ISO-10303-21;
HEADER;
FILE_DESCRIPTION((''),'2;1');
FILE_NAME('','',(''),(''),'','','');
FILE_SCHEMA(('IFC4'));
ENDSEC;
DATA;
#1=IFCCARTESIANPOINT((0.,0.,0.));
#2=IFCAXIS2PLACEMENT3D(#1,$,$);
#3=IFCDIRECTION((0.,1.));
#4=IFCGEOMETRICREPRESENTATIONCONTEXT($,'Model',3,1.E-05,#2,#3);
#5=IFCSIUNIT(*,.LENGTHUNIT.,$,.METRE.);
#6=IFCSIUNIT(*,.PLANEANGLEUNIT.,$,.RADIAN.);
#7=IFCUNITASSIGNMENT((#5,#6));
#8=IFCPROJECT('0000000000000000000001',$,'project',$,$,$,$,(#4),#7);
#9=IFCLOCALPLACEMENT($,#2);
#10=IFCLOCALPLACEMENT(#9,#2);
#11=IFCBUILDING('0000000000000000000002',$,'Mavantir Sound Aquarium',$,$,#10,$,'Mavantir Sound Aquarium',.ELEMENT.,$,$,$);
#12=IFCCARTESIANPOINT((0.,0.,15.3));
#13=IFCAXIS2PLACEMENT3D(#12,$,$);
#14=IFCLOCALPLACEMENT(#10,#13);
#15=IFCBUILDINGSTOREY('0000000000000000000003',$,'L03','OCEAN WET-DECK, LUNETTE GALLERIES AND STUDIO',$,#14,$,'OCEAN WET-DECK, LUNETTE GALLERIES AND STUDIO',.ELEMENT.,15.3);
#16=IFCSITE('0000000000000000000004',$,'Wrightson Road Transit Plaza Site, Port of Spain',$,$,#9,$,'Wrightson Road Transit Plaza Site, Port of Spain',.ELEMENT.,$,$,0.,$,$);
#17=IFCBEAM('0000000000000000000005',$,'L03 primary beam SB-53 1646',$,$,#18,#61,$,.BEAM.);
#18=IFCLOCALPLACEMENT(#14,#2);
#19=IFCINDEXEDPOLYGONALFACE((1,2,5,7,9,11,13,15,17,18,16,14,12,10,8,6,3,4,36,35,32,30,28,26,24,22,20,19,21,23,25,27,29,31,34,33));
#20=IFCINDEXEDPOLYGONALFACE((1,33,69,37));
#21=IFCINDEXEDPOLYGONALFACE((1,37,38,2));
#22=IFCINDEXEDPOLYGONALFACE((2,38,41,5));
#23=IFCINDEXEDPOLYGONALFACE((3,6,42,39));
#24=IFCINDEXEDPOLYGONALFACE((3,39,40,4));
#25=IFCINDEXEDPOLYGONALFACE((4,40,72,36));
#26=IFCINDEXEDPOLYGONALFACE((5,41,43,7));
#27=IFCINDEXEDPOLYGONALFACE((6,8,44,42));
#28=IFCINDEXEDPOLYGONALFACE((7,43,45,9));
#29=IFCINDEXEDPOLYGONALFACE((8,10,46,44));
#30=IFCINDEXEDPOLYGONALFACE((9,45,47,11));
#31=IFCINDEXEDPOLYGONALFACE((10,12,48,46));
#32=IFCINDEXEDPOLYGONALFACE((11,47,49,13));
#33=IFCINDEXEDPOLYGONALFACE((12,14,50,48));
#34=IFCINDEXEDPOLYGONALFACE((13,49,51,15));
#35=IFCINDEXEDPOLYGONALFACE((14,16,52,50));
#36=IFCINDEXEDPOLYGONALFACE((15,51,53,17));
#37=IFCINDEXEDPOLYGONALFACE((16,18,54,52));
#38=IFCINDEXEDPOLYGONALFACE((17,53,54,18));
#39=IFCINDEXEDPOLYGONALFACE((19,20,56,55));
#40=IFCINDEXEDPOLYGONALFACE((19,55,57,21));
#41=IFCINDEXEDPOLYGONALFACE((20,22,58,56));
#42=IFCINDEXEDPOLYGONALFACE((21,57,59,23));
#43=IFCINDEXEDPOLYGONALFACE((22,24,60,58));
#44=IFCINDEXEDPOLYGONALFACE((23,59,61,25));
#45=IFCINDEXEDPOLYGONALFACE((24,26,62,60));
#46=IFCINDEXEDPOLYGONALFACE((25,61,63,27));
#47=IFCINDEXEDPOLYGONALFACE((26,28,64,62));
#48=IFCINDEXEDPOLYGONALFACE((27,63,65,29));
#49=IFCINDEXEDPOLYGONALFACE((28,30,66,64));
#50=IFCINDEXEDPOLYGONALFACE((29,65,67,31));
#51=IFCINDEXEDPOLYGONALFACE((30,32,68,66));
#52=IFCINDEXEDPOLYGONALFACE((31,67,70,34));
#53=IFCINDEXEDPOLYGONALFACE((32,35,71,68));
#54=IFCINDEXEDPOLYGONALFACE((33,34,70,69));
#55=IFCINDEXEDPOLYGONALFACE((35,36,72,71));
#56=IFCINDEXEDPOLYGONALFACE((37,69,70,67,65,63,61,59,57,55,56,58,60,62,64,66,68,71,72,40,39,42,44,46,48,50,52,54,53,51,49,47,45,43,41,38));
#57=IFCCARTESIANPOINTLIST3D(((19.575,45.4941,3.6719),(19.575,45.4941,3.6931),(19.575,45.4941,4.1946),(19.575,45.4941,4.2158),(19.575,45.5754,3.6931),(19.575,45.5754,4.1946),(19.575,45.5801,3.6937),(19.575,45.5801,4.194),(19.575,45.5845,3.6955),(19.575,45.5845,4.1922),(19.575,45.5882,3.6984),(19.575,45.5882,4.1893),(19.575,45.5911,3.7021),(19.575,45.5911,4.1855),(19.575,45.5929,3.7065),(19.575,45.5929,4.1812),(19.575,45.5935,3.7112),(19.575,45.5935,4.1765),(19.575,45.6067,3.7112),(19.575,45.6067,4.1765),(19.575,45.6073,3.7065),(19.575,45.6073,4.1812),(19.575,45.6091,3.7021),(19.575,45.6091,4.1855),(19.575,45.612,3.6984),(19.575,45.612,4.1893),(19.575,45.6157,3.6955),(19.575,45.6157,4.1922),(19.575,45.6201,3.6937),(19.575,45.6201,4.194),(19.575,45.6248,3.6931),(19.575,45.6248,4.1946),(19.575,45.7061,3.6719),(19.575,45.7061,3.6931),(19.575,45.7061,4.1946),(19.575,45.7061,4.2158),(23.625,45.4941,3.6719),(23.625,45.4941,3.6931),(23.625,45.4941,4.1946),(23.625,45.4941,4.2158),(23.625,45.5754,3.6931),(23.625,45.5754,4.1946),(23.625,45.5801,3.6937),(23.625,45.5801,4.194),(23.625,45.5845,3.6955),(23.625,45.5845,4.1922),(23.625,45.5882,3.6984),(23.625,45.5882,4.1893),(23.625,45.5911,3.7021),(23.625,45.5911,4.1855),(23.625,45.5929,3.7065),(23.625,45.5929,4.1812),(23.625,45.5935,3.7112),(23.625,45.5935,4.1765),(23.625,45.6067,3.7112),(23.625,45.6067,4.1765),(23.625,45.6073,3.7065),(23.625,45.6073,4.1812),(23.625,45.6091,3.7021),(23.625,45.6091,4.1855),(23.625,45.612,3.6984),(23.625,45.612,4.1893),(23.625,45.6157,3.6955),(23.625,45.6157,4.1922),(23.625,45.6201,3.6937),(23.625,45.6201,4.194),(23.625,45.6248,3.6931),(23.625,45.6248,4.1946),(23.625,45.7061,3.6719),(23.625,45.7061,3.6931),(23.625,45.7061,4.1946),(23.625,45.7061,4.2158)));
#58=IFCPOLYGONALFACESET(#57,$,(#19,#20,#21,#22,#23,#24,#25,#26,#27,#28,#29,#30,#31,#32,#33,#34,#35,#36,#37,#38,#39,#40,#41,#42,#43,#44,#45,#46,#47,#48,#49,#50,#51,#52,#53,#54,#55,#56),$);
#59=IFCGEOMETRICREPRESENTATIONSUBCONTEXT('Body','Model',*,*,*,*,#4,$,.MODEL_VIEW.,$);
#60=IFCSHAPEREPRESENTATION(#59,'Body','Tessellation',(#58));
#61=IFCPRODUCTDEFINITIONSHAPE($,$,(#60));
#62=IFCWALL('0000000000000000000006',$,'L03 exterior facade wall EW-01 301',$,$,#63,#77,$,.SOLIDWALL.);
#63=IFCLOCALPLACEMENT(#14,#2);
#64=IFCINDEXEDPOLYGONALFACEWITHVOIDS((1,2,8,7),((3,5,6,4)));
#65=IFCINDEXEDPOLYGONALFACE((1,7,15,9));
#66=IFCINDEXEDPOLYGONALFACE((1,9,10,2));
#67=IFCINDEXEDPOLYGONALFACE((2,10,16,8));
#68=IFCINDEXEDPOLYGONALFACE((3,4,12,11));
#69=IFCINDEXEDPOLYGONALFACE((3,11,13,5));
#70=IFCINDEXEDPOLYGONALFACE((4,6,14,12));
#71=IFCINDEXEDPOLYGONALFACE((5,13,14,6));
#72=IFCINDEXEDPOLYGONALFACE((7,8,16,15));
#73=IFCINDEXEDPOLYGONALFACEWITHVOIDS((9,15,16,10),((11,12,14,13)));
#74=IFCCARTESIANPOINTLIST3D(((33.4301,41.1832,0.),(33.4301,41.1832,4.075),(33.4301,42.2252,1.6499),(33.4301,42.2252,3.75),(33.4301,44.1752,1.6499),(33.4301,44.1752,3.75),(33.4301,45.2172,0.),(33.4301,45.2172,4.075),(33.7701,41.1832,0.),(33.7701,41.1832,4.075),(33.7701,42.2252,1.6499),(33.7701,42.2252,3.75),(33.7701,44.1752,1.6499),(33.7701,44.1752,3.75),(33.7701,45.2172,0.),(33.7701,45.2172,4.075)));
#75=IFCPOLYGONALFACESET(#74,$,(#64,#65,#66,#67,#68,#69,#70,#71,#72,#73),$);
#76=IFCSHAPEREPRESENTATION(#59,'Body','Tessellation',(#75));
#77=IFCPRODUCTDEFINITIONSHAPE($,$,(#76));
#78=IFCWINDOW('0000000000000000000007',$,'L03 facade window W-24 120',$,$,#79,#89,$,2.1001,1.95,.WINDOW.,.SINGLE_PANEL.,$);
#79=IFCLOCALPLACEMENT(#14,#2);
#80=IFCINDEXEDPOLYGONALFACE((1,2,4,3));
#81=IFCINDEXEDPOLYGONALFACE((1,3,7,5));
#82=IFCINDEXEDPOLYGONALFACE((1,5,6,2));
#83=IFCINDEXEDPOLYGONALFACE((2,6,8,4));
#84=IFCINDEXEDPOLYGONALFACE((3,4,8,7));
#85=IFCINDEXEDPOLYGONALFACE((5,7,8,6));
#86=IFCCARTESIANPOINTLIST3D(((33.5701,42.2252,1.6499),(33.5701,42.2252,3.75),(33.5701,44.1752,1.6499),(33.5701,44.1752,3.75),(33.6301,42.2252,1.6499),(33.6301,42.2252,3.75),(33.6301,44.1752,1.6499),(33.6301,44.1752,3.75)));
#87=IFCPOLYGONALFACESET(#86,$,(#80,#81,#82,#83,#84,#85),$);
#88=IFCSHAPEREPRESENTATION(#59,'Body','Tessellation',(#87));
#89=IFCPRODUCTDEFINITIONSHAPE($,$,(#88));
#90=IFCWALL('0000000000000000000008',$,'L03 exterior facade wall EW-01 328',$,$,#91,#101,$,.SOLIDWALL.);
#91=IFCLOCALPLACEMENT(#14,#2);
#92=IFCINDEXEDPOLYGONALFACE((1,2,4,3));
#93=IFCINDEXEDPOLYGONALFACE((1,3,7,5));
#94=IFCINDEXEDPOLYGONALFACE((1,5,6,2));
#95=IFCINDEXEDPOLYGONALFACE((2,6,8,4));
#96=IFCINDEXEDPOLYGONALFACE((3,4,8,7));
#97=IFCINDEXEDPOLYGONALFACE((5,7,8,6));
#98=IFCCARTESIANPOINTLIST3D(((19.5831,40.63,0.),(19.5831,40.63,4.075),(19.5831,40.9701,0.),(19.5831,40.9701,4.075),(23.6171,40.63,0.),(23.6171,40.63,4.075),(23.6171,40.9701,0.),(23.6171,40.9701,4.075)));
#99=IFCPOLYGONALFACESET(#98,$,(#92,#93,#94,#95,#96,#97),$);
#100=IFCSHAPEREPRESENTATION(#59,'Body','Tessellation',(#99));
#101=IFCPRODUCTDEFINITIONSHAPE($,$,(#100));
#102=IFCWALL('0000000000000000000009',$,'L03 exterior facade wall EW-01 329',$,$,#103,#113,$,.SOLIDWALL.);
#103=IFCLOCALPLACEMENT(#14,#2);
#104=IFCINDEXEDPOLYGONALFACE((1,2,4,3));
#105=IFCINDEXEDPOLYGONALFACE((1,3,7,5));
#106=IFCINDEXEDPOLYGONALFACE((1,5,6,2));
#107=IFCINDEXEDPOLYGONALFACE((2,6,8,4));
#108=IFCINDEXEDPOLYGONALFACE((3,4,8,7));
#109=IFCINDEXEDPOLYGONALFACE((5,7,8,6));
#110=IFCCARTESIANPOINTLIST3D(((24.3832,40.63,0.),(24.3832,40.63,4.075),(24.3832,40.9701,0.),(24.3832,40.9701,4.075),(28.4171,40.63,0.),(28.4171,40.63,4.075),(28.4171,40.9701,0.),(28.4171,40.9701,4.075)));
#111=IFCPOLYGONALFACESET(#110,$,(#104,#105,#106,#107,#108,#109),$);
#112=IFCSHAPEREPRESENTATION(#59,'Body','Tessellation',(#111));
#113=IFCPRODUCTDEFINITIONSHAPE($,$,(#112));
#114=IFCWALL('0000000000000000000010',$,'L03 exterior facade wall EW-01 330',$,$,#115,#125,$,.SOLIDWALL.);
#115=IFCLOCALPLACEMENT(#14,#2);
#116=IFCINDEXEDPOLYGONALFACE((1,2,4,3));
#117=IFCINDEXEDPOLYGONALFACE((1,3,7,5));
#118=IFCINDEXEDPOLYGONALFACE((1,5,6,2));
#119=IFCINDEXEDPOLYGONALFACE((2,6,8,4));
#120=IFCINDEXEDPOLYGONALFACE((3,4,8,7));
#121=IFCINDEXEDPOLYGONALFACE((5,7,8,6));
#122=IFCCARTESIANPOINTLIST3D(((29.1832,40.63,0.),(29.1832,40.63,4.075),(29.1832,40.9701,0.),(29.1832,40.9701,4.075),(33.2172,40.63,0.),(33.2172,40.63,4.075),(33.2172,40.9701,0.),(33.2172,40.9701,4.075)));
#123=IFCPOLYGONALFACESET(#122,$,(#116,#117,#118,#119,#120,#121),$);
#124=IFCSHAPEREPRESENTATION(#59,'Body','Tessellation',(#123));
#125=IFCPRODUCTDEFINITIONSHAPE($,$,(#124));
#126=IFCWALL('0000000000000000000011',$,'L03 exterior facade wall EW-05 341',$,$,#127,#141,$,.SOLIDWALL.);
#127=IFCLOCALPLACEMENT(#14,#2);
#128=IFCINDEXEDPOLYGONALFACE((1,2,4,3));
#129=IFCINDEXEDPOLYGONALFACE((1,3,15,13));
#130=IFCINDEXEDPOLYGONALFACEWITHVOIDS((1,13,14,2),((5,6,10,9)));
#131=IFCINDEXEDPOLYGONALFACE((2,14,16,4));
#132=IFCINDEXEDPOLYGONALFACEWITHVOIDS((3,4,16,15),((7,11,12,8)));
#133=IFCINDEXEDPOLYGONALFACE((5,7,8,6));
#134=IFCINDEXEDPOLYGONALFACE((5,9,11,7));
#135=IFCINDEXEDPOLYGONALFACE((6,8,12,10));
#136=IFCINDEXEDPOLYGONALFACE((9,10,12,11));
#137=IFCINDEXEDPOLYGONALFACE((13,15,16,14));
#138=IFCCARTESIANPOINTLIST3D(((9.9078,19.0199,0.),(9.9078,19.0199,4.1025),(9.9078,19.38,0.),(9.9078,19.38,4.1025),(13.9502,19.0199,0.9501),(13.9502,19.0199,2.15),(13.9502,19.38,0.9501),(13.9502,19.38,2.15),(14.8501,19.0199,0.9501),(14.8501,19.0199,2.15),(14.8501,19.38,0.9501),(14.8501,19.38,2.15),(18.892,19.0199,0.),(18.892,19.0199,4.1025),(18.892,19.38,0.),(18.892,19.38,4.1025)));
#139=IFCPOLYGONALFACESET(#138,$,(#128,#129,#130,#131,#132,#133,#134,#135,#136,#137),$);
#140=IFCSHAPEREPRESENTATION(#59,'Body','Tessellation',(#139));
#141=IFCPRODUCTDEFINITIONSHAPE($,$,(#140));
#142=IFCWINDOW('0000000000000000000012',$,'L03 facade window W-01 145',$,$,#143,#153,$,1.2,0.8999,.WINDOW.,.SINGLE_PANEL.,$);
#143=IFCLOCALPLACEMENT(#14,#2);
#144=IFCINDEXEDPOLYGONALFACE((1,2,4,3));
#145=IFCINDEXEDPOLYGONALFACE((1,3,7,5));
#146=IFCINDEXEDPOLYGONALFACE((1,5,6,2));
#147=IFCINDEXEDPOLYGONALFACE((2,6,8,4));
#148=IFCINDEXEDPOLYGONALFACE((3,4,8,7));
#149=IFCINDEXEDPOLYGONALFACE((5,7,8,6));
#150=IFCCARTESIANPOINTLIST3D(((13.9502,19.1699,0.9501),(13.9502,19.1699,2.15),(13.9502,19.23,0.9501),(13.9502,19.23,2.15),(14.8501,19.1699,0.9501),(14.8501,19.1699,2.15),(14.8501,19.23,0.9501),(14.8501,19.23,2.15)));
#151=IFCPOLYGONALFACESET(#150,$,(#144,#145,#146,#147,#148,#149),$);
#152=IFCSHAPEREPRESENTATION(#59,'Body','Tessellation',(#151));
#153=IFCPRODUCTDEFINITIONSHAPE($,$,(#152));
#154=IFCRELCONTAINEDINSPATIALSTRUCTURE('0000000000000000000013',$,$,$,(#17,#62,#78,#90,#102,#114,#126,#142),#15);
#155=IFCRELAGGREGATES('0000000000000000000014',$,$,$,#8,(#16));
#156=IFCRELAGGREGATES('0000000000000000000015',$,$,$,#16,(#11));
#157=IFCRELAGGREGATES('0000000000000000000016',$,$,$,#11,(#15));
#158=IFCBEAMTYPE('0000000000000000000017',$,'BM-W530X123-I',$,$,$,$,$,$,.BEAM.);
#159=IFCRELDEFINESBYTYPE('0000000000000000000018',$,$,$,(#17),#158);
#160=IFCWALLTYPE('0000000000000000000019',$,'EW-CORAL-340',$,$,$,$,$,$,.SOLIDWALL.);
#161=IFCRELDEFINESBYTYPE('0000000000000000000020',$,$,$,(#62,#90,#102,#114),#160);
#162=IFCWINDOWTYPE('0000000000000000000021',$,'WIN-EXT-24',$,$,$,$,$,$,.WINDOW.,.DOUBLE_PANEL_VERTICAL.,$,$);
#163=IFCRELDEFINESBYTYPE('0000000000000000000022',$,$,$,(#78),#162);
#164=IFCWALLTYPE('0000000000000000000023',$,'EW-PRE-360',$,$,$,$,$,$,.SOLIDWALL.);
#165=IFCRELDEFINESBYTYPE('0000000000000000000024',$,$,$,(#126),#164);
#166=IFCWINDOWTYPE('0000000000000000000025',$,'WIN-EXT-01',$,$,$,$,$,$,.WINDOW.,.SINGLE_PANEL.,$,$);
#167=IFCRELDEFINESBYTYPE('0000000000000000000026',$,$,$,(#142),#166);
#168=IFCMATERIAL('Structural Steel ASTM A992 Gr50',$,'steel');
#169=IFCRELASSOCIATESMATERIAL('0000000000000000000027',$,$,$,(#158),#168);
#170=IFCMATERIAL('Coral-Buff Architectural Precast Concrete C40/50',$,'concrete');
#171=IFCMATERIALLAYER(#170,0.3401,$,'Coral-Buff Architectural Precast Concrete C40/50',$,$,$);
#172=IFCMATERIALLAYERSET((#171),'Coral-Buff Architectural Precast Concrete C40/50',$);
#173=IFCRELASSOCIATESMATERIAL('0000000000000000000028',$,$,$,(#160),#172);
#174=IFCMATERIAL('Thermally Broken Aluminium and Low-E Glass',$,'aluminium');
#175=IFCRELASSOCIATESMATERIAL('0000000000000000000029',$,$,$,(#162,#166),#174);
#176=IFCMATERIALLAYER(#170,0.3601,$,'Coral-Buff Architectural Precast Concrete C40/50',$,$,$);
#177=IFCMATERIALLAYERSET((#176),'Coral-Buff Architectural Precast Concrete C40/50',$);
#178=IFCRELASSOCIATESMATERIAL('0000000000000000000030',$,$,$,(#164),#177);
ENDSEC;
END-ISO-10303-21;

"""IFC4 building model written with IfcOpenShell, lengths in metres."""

from ifc_helpers import new_model, si_unit, direction, frame, frame_2d, origin, origin_2d, place, context, subcontext, project, spatial, rectangle, i_section, extrude, material, layer, layer_set, material_profile, profile_set, type_object, element, fill, save


model = new_model("IFC4")

# Units and contexts
model_context = context("Model", 3, precision=1e-05, world=origin(), true_north=direction((0.0, 1.0)))
body_context = subcontext(model_context, "Body", "Model", "MODEL_VIEW")
ifc_project = project(units=[si_unit("LENGTHUNIT", "METRE"), si_unit("PLANEANGLEUNIT", "RADIAN")], contexts=[model_context])

# Site, building, storey
site_placement = place(None, origin())
site = spatial("IfcSite", under=ifc_project, at=site_placement, Name="Wrightson Road Transit Plaza Site, Port of Spain", LongName="Wrightson Road Transit Plaza Site, Port of Spain", CompositionType="ELEMENT", RefElevation=0.0)
building_placement = place(site_placement, origin())
building = spatial("IfcBuilding", under=site, at=building_placement, Name="Mavantir Sound Aquarium", LongName="Mavantir Sound Aquarium", CompositionType="ELEMENT")
storey_placement = place(building_placement, frame((0.0, 0.0, 15.3)))
storey = spatial("IfcBuildingStorey", under=building, at=storey_placement, Name="L03", Description="OCEAN WET-DECK, LUNETTE GALLERIES AND STUDIO", LongName="OCEAN WET-DECK, LUNETTE GALLERIES AND STUDIO", CompositionType="ELEMENT", Elevation=15.3)

# Beam
ifc_material_1 = material(Name="Structural Steel ASTM A992 Gr50", Category="steel")
ifc_material_profile_1 = material_profile(ifc_material_1, i_section(OverallWidth=0.2119, OverallDepth=0.5439, WebThickness=0.0132, FlangeThickness=0.0212, FilletRadius=0.0181, at=origin_2d()), Name="W530X123")
ifc_profile_set_1 = profile_set([ifc_material_profile_1], Name="Structural Steel ASTM A992 Gr50")
beam_type_1 = type_object("IfcBeamType", Name="BM-W530X123-I", PredefinedType="BEAM", material=ifc_profile_set_1)
beam_1_placement = place(storey_placement, frame((19.575, 45.6001, 3.9438), z_axis=(1.0, 0.0, 0.0), x_axis=(0.0, 1.0, 0.0)))
element("IfcBeam", 1, at=beam_1_placement, inside=storey, type_object=beam_type_1, Name="L03 primary beam SB-53 1646", PredefinedType="BEAM", context=body_context, shape_type="SweptSolid", body=[
    extrude(i_section(OverallWidth=0.2119, OverallDepth=0.5439, WebThickness=0.0132, FlangeThickness=0.0212, FilletRadius=0.0181, at=origin_2d()), origin(), (0.0, 0.0, 1.0), 4.05),
])

# Wall, opening, window
ifc_material_2 = material(Name="Coral-Buff Architectural Precast Concrete C40/50", Category="concrete")
ifc_layer_1 = layer(ifc_material_2, 0.3401, Name="Coral-Buff Architectural Precast Concrete C40/50")
ifc_layer_set_1 = layer_set([ifc_layer_1], Name="Coral-Buff Architectural Precast Concrete C40/50")
wall_type_1 = type_object("IfcWallType", Name="EW-CORAL-340", PredefinedType="SOLIDWALL", material=ifc_layer_set_1)
wall_1_placement = place(storey_placement, frame((33.6001, 41.1831, 0.0), z_axis=(0.0, 0.0, 1.0), x_axis=(0.0, 1.0, 0.0)))
wall_1 = element("IfcWall", 2, at=wall_1_placement, inside=storey, type_object=wall_type_1, Name="L03 exterior facade wall EW-01 301", PredefinedType="SOLIDWALL", context=body_context, shape_type="SweptSolid", body=[
    extrude(rectangle(XDim=4.0339, YDim=0.3401, at=frame_2d((2.0171, 0.0))), origin(), (0.0, 0.0, 1.0), 4.075),
])
opening_1_placement = place(wall_1_placement, frame((1.042, 0.0, 1.6499)))
opening_1 = element("IfcOpeningElement", 3, at=opening_1_placement, cuts=wall_1, PredefinedType="OPENING", context=body_context, shape_type="SweptSolid", body=[
    extrude(rectangle(XDim=1.95, YDim=2.1001, at=frame_2d((0.9751, 1.05))), frame((0.0, 0.1802, 0.0), z_axis=(0.0, -1.0, 0.0), x_axis=(1.0, 0.0, 0.0)), (0.0, 0.0, 1.0), 0.3601),
])
ifc_material_3 = material(Name="Thermally Broken Aluminium and Low-E Glass", Category="aluminium")
window_type_1 = type_object("IfcWindowType", Name="WIN-EXT-24", PartitioningType="DOUBLE_PANEL_VERTICAL", PredefinedType="WINDOW", material=ifc_material_3)
window_1_placement = place(opening_1_placement, origin())
window_1 = element("IfcWindow", 4, at=window_1_placement, inside=storey, type_object=window_type_1, Name="L03 facade window W-24 120", OverallHeight=2.1001, OverallWidth=1.95, PartitioningType="SINGLE_PANEL", PredefinedType="WINDOW", context=body_context, shape_type="SweptSolid", body=[
    extrude(rectangle(XDim=1.95, YDim=2.1001, at=frame_2d((0.9751, 1.05))), frame((0.0, 0.03, 0.0), z_axis=(0.0, -1.0, 0.0), x_axis=(1.0, 0.0, 0.0)), (0.0, 0.0, 1.0), 0.0601),
])
fill(opening_1, window_1)

# Walls
for number, where, z_axis, x_axis, name in (
    (5, (19.583, 40.8, 0.0), (0.0, 0.0, 1.0), (1.0, 0.0, 0.0), "L03 exterior facade wall EW-01 328"),
    (6, (24.3831, 40.8, 0.0), (0.0, 0.0, 1.0), (1.0, 0.0, 0.0), "L03 exterior facade wall EW-01 329"),
    (7, (29.1831, 40.8, 0.0), (0.0, 0.0, 1.0), (1.0, 0.0, 0.0), "L03 exterior facade wall EW-01 330"),
):
    element("IfcWall", number, at=place(storey_placement, frame(where, z_axis=z_axis, x_axis=x_axis)), inside=storey, type_object=wall_type_1, Name=name, PredefinedType="SOLIDWALL", context=body_context, shape_type="SweptSolid", body=[
        extrude(rectangle(XDim=4.0339, YDim=0.3401, at=frame_2d((2.0171, 0.0))), origin(), (0.0, 0.0, 1.0), 4.075),
    ])

# Wall, opening, window
ifc_layer_2 = layer(ifc_material_2, 0.3601, Name="Coral-Buff Architectural Precast Concrete C40/50")
ifc_layer_set_2 = layer_set([ifc_layer_2], Name="Coral-Buff Architectural Precast Concrete C40/50")
wall_type_2 = type_object("IfcWallType", Name="EW-PRE-360", PredefinedType="SOLIDWALL", material=ifc_layer_set_2)
wall_2_placement = place(storey_placement, frame((18.8921, 19.2, 0.0), z_axis=(0.0, 0.0, 1.0), x_axis=(-1.0, 0.0, 0.0)))
wall_2 = element("IfcWall", 8, at=wall_2_placement, inside=storey, type_object=wall_type_2, Name="L03 exterior facade wall EW-05 341", PredefinedType="SOLIDWALL", context=body_context, shape_type="SweptSolid", body=[
    extrude(rectangle(XDim=8.9841, YDim=0.3601, at=frame_2d((4.4922, 0.0))), origin(), (0.0, 0.0, 1.0), 4.1025),
])
opening_2_placement = place(wall_2_placement, frame((4.042, 0.0, 0.95)))
opening_2 = element("IfcOpeningElement", 9, at=opening_2_placement, cuts=wall_2, PredefinedType="OPENING", context=body_context, shape_type="SweptSolid", body=[
    extrude(rectangle(XDim=0.8999, YDim=1.2, at=frame_2d((0.45, 0.6001))), frame((0.0, 0.1899, 0.0), z_axis=(0.0, -1.0, 0.0), x_axis=(1.0, 0.0, 0.0)), (0.0, 0.0, 1.0), 0.3801),
])
window_type_2 = type_object("IfcWindowType", Name="WIN-EXT-01", PartitioningType="SINGLE_PANEL", PredefinedType="WINDOW", material=ifc_material_3)
window_2_placement = place(opening_2_placement, origin())
window_2 = element("IfcWindow", 10, at=window_2_placement, inside=storey, type_object=window_type_2, Name="L03 facade window W-01 145", OverallHeight=1.2, OverallWidth=0.8999, PartitioningType="SINGLE_PANEL", PredefinedType="WINDOW", context=body_context, shape_type="SweptSolid", body=[
    extrude(rectangle(XDim=0.8999, YDim=1.2, at=frame_2d((0.45, 0.6001))), frame((0.0, 0.03, 0.0), z_axis=(0.0, -1.0, 0.0), x_axis=(1.0, 0.0, 0.0)), (0.0, 0.0, 1.0), 0.0601),
])
fill(opening_2, window_2)

save(model, "model.ifc")
